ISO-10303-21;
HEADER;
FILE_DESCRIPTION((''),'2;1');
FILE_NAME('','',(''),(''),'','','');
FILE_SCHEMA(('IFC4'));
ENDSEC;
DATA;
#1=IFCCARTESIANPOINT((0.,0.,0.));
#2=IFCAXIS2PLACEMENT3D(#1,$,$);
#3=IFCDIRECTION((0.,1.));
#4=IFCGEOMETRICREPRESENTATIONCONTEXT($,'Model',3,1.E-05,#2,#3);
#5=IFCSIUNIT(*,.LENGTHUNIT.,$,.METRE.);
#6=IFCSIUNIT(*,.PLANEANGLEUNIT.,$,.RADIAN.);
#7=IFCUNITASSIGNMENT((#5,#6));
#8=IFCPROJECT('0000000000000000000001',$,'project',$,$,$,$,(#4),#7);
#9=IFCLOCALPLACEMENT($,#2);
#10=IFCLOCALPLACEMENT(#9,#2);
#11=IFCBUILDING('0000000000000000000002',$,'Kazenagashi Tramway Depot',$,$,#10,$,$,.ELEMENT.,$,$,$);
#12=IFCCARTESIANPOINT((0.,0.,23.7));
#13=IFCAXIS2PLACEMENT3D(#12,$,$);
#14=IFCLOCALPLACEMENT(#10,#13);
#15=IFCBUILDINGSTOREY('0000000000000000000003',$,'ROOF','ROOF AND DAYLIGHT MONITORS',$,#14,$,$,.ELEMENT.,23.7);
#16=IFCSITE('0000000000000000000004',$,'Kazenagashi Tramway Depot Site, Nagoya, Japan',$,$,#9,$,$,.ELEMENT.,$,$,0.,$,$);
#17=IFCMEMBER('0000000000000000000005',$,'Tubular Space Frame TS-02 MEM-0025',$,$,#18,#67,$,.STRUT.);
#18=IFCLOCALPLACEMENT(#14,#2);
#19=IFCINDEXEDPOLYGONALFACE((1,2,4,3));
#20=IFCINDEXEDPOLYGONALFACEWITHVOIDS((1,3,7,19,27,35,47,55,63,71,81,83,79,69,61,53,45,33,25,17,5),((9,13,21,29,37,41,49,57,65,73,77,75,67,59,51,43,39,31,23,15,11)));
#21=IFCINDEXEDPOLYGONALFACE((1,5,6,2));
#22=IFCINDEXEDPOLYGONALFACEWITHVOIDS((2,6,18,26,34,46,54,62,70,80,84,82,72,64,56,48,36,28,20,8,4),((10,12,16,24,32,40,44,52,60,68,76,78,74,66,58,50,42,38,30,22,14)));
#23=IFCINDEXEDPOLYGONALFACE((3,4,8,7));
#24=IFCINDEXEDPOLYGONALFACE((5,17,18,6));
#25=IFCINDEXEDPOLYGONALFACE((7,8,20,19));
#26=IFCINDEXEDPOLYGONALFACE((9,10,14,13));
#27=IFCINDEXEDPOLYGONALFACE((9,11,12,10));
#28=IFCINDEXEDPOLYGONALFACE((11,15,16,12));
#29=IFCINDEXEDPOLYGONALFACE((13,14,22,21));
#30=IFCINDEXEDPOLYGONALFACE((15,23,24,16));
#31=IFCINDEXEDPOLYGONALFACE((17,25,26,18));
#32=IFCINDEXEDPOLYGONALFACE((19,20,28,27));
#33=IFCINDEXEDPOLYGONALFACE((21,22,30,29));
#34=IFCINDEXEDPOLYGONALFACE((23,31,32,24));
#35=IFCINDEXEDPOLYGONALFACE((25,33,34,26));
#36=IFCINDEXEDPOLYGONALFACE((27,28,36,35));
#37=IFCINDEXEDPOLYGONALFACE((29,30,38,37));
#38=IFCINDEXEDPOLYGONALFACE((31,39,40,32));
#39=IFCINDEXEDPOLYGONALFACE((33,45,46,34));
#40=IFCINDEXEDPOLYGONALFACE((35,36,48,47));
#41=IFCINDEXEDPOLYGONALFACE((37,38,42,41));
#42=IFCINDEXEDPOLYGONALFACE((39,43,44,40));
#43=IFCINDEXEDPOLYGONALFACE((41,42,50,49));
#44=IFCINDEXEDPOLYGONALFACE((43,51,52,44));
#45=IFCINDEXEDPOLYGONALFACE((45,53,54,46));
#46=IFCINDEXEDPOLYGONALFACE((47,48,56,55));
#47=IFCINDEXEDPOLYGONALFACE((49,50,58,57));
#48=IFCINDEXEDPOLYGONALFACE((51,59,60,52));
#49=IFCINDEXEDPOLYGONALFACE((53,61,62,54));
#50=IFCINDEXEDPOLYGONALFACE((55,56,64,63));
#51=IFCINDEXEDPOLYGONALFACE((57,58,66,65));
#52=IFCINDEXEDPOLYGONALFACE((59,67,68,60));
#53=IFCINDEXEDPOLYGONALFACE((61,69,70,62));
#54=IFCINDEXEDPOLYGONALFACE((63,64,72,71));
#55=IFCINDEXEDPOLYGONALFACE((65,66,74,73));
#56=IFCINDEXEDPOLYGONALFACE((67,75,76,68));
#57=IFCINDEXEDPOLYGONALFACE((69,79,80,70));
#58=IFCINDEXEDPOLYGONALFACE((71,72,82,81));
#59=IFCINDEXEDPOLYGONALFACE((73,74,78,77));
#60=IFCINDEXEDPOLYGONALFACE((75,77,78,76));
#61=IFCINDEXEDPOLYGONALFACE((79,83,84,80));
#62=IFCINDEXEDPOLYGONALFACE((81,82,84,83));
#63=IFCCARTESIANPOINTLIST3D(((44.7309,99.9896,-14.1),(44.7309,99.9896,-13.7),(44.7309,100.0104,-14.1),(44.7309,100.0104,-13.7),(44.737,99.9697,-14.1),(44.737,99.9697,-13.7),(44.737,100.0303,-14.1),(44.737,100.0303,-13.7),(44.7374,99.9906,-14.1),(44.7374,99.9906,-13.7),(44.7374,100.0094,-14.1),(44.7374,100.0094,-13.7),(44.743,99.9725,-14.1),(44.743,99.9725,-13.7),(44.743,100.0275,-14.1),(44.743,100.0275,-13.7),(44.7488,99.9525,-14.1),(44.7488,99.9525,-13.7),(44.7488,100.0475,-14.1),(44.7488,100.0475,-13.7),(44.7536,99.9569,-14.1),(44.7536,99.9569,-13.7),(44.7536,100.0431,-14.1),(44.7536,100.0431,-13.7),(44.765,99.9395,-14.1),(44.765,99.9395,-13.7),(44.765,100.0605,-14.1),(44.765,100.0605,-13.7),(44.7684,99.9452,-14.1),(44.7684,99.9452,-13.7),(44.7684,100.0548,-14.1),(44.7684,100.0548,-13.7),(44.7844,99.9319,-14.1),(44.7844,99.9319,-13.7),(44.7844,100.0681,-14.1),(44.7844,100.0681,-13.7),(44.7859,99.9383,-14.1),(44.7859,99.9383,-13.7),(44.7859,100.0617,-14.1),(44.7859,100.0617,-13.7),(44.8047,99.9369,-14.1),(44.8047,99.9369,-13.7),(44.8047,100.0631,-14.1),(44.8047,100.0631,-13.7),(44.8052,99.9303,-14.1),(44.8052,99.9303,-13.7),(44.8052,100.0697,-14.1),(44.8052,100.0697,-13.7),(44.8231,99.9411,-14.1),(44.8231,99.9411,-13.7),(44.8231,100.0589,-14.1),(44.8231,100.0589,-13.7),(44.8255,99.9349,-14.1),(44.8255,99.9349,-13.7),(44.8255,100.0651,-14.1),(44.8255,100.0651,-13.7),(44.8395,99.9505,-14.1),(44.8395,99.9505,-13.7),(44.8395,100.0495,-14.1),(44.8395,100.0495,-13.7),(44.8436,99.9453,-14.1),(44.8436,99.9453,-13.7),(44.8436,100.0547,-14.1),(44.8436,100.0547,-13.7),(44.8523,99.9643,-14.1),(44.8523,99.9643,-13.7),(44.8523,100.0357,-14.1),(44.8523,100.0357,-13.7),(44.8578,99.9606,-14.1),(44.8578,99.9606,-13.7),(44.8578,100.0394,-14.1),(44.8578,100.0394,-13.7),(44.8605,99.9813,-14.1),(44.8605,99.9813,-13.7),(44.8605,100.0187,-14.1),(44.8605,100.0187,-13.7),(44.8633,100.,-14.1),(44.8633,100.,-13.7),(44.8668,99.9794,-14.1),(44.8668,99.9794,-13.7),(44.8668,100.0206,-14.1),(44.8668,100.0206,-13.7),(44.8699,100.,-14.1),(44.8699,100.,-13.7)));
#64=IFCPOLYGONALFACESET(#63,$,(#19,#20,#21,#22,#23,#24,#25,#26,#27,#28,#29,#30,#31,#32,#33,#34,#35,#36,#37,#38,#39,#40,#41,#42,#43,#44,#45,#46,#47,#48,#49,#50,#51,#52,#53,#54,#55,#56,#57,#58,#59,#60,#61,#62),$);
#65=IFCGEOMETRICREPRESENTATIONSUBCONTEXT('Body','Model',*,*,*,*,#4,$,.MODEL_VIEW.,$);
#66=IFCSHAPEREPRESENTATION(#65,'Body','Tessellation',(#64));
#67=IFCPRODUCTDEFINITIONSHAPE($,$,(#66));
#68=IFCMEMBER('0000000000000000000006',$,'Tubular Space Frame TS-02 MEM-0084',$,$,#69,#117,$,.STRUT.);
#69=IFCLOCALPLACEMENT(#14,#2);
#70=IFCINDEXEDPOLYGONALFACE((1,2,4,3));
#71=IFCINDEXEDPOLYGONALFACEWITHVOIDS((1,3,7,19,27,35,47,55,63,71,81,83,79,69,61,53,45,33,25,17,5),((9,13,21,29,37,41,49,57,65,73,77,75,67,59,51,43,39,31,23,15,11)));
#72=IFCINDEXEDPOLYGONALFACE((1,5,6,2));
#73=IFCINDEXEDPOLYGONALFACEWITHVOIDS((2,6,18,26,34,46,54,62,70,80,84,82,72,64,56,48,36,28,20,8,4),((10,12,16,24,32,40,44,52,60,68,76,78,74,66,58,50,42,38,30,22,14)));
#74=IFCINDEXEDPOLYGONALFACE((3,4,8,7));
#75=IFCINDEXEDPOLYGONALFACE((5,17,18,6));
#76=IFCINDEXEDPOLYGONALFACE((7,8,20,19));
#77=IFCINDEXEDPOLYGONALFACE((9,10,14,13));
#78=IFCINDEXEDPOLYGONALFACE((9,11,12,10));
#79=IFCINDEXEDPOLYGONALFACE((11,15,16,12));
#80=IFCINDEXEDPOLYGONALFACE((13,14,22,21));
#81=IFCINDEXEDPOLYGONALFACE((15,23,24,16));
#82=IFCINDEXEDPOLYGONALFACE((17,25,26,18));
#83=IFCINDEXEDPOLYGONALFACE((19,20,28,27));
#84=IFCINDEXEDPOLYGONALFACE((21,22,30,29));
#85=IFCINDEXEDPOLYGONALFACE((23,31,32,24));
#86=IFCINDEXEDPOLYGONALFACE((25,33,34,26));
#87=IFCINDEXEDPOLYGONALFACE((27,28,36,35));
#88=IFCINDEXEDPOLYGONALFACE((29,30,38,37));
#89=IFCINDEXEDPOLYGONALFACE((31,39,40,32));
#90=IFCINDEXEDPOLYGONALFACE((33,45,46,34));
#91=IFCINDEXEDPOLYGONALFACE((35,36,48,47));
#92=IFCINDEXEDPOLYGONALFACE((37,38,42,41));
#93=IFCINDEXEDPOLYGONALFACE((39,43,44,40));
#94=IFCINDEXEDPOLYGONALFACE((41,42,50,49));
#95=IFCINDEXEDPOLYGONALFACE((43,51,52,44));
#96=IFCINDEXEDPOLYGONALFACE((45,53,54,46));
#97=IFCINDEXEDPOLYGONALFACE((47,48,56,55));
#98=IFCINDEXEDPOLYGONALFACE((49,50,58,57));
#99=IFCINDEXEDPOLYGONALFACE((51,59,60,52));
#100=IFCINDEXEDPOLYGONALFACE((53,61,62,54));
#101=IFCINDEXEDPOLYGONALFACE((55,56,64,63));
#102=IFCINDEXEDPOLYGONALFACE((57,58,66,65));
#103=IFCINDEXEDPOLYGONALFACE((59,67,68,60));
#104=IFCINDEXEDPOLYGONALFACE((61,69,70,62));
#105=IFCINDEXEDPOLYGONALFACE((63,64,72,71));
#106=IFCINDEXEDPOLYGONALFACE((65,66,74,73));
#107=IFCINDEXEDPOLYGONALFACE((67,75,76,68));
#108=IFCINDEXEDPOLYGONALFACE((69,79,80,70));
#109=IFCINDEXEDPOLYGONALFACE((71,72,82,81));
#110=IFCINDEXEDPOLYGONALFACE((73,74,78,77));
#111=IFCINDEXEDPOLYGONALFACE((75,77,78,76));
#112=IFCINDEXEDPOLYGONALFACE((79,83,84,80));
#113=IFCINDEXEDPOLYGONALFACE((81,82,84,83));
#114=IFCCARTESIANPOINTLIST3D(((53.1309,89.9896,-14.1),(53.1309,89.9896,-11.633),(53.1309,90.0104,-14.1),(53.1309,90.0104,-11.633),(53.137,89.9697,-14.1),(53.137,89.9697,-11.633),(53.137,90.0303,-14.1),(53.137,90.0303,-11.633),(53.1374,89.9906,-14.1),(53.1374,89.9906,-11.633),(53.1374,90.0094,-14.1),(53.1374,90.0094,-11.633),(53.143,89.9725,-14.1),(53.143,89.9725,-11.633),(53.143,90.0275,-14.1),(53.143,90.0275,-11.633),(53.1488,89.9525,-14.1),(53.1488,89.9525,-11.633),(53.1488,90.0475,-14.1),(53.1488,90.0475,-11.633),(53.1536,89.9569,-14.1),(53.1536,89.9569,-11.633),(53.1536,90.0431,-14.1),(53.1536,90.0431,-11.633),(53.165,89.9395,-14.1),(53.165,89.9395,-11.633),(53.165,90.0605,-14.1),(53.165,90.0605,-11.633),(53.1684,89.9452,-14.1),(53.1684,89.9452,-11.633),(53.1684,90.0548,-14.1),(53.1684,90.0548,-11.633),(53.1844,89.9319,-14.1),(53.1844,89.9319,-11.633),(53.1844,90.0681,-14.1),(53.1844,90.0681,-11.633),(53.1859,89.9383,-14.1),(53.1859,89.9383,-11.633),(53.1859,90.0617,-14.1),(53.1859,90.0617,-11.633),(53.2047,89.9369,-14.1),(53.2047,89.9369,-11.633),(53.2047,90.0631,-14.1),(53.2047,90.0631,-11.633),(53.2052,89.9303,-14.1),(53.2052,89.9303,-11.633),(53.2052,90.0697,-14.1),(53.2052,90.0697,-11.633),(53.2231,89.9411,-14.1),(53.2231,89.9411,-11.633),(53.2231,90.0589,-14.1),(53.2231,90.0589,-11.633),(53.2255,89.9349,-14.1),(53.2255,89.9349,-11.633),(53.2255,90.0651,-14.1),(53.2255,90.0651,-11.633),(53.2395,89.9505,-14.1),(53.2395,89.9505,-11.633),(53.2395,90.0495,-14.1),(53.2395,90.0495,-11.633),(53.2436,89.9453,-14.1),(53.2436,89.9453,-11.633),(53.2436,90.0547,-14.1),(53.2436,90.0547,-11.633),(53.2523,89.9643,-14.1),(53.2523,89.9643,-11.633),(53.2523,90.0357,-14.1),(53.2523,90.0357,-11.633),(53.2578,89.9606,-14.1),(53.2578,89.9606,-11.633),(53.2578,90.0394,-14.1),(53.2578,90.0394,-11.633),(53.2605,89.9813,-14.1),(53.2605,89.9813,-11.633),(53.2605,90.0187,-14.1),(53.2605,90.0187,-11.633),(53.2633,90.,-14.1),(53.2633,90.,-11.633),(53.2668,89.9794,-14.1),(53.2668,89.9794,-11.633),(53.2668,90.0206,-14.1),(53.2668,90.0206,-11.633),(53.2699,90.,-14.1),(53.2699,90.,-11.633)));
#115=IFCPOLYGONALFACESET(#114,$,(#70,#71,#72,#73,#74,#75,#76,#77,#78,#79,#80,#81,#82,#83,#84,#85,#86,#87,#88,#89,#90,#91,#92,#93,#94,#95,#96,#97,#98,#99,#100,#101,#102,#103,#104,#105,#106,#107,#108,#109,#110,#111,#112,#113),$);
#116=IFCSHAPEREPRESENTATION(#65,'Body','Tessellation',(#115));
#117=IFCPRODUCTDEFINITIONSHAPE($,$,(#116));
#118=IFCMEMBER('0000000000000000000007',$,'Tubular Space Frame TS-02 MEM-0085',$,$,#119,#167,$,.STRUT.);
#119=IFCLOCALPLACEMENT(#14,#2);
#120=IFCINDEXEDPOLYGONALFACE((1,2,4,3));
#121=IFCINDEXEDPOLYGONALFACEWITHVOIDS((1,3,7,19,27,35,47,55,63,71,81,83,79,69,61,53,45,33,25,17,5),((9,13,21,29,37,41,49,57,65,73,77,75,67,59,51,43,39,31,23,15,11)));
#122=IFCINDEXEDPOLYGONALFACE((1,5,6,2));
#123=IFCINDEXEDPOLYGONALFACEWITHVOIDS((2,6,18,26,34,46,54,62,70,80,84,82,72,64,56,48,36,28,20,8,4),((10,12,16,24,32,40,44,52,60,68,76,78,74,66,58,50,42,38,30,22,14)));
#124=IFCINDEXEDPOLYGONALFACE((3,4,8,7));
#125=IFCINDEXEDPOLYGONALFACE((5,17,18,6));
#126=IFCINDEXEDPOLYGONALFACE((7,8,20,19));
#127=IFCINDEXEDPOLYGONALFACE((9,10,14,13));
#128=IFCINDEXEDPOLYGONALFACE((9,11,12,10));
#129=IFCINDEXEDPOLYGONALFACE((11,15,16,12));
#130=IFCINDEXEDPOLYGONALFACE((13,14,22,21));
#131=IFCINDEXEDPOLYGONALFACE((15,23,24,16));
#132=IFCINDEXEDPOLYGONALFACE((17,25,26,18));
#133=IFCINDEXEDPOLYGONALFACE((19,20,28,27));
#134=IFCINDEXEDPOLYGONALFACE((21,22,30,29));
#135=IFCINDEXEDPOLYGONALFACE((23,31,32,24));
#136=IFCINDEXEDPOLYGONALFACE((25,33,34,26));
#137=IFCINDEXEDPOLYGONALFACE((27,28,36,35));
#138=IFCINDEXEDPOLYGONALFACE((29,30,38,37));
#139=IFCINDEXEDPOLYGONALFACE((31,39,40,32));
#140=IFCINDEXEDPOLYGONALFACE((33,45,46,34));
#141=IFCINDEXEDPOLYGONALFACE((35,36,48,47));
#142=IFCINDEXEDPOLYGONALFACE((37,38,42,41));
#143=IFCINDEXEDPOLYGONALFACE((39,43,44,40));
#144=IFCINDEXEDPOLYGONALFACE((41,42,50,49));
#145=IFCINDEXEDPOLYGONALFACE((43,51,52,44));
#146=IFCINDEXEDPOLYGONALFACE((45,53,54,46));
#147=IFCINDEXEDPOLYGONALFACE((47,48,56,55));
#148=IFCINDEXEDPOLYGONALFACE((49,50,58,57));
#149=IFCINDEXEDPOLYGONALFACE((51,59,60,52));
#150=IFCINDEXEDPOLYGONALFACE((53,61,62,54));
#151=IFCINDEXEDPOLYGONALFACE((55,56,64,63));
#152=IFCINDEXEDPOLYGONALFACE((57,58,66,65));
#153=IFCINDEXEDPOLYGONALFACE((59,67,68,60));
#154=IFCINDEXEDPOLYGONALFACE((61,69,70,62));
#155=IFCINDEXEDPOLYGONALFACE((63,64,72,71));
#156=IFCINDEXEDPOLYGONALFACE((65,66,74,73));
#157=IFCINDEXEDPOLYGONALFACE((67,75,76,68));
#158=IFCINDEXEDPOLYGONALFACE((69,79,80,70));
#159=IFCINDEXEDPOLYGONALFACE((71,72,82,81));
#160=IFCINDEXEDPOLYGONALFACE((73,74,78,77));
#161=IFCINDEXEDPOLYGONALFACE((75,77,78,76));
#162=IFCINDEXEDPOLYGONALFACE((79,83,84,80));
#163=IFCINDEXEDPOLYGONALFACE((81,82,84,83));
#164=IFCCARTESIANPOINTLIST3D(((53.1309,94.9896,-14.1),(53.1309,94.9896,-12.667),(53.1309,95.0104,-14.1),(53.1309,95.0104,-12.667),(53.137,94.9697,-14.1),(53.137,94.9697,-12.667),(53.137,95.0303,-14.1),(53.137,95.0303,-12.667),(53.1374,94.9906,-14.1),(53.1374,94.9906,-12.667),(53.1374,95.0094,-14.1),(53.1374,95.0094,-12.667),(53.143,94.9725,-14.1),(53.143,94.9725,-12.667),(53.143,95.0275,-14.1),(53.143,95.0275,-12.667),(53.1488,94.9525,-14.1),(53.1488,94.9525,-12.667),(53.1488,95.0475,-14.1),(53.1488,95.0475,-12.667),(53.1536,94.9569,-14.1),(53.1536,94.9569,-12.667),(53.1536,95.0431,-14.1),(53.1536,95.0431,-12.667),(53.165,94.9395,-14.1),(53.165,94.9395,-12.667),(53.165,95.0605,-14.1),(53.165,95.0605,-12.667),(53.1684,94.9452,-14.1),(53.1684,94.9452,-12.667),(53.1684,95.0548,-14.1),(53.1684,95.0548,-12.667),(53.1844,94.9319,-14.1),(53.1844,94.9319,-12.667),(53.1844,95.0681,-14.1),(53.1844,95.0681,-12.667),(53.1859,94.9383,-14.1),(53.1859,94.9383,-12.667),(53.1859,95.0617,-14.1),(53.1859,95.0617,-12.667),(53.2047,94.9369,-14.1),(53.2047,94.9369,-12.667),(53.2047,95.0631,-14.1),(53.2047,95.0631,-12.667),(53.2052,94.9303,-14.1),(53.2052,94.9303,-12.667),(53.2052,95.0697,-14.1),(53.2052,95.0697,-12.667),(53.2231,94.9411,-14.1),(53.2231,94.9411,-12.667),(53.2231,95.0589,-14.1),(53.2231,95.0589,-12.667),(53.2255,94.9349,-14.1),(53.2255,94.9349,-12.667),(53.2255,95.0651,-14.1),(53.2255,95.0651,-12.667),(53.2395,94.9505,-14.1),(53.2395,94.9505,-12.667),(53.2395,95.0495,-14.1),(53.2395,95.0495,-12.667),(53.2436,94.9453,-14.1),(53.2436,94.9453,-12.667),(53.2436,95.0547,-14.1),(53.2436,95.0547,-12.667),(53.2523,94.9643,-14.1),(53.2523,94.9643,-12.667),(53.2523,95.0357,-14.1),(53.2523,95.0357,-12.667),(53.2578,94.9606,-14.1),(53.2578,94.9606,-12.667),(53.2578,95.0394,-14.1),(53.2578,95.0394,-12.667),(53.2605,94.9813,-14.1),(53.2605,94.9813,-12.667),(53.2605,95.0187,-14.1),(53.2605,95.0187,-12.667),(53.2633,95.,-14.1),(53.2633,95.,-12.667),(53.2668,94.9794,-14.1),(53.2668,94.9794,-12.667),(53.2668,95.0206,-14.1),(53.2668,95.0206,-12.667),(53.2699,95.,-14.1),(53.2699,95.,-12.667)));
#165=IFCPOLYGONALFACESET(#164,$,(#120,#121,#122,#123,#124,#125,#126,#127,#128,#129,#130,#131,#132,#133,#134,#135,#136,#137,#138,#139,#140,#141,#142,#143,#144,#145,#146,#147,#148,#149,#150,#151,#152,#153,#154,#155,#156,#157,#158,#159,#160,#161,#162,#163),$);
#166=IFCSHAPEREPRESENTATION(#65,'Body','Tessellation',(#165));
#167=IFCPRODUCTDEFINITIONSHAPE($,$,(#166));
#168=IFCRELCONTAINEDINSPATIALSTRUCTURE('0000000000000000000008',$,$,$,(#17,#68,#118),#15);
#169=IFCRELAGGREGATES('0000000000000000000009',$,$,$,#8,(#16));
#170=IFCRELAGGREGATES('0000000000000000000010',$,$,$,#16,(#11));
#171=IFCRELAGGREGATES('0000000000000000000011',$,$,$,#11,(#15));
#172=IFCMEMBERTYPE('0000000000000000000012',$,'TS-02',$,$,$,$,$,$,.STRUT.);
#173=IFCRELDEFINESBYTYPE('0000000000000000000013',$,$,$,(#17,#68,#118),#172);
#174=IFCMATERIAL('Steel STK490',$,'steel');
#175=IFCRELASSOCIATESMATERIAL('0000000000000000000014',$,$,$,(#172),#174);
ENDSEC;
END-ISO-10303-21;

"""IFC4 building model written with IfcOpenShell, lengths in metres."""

from ifc_helpers import new_model, si_unit, direction, frame, origin, origin_2d, place, context, subcontext, project, spatial, hollow_circle, extrude, material, material_profile, profile_set, type_object, element, save


model = new_model("IFC4")

# Units and contexts
model_context = context("Model", 3, precision=1e-05, world=origin(), true_north=direction((0.0, 1.0)))
body_context = subcontext(model_context, "Body", "Model", "MODEL_VIEW")
ifc_project = project(units=[si_unit("LENGTHUNIT", "METRE"), si_unit("PLANEANGLEUNIT", "RADIAN")], contexts=[model_context])

# Site, building, storey
site_placement = place(None, origin())
site = spatial("IfcSite", under=ifc_project, at=site_placement, Name="Kazenagashi Tramway Depot Site, Nagoya, Japan", CompositionType="ELEMENT", RefElevation=0.0)
building_placement = place(site_placement, origin())
building = spatial("IfcBuilding", under=site, at=building_placement, Name="Kazenagashi Tramway Depot", CompositionType="ELEMENT")
storey_placement = place(building_placement, frame((0.0, 0.0, 23.7)))
storey = spatial("IfcBuildingStorey", under=building, at=storey_placement, Name="ROOF", Description="ROOF AND DAYLIGHT MONITORS", CompositionType="ELEMENT", Elevation=23.7)

# Members
ifc_material_1 = material(Name="Steel STK490", Category="steel")
ifc_material_profile_1 = material_profile(ifc_material_1, hollow_circle(Radius=0.0699, WallThickness=0.0066, at=origin_2d()), Name="CHS-139.8x6.6")
ifc_profile_set_1 = profile_set([ifc_material_profile_1], Name="Steel STK490")
member_type_1 = type_object("IfcMemberType", Name="TS-02", PredefinedType="STRUT", material=ifc_profile_set_1)
member_1_placement = place(storey_placement, frame((44.8, 100.0, -14.1), z_axis=(0.0, 0.0, 1.0), x_axis=(1.0, 0.0, 0.0)))
element("IfcMember", 1, at=member_1_placement, inside=storey, type_object=member_type_1, Name="Tubular Space Frame TS-02 MEM-0025", PredefinedType="STRUT", context=body_context, shape_type="SweptSolid", body=[
    extrude(hollow_circle(Radius=0.0699, WallThickness=0.0066, at=origin_2d()), origin(), (0.0, 0.0, 1.0), 0.4),
])
member_2_placement = place(storey_placement, frame((53.2, 90.0, -14.1), z_axis=(0.0, 0.0, 1.0), x_axis=(1.0, 0.0, 0.0)))
element("IfcMember", 2, at=member_2_placement, inside=storey, type_object=member_type_1, Name="Tubular Space Frame TS-02 MEM-0084", PredefinedType="STRUT", context=body_context, shape_type="SweptSolid", body=[
    extrude(hollow_circle(Radius=0.0699, WallThickness=0.0066, at=origin_2d()), origin(), (0.0, 0.0, 1.0), 2.467),
])
member_3_placement = place(storey_placement, frame((53.2, 95.0, -14.1), z_axis=(0.0, 0.0, 1.0), x_axis=(1.0, 0.0, 0.0)))
element("IfcMember", 3, at=member_3_placement, inside=storey, type_object=member_type_1, Name="Tubular Space Frame TS-02 MEM-0085", PredefinedType="STRUT", context=body_context, shape_type="SweptSolid", body=[
    extrude(hollow_circle(Radius=0.0699, WallThickness=0.0066, at=origin_2d()), origin(), (0.0, 0.0, 1.0), 1.433),
])

save(model, "model.ifc")
